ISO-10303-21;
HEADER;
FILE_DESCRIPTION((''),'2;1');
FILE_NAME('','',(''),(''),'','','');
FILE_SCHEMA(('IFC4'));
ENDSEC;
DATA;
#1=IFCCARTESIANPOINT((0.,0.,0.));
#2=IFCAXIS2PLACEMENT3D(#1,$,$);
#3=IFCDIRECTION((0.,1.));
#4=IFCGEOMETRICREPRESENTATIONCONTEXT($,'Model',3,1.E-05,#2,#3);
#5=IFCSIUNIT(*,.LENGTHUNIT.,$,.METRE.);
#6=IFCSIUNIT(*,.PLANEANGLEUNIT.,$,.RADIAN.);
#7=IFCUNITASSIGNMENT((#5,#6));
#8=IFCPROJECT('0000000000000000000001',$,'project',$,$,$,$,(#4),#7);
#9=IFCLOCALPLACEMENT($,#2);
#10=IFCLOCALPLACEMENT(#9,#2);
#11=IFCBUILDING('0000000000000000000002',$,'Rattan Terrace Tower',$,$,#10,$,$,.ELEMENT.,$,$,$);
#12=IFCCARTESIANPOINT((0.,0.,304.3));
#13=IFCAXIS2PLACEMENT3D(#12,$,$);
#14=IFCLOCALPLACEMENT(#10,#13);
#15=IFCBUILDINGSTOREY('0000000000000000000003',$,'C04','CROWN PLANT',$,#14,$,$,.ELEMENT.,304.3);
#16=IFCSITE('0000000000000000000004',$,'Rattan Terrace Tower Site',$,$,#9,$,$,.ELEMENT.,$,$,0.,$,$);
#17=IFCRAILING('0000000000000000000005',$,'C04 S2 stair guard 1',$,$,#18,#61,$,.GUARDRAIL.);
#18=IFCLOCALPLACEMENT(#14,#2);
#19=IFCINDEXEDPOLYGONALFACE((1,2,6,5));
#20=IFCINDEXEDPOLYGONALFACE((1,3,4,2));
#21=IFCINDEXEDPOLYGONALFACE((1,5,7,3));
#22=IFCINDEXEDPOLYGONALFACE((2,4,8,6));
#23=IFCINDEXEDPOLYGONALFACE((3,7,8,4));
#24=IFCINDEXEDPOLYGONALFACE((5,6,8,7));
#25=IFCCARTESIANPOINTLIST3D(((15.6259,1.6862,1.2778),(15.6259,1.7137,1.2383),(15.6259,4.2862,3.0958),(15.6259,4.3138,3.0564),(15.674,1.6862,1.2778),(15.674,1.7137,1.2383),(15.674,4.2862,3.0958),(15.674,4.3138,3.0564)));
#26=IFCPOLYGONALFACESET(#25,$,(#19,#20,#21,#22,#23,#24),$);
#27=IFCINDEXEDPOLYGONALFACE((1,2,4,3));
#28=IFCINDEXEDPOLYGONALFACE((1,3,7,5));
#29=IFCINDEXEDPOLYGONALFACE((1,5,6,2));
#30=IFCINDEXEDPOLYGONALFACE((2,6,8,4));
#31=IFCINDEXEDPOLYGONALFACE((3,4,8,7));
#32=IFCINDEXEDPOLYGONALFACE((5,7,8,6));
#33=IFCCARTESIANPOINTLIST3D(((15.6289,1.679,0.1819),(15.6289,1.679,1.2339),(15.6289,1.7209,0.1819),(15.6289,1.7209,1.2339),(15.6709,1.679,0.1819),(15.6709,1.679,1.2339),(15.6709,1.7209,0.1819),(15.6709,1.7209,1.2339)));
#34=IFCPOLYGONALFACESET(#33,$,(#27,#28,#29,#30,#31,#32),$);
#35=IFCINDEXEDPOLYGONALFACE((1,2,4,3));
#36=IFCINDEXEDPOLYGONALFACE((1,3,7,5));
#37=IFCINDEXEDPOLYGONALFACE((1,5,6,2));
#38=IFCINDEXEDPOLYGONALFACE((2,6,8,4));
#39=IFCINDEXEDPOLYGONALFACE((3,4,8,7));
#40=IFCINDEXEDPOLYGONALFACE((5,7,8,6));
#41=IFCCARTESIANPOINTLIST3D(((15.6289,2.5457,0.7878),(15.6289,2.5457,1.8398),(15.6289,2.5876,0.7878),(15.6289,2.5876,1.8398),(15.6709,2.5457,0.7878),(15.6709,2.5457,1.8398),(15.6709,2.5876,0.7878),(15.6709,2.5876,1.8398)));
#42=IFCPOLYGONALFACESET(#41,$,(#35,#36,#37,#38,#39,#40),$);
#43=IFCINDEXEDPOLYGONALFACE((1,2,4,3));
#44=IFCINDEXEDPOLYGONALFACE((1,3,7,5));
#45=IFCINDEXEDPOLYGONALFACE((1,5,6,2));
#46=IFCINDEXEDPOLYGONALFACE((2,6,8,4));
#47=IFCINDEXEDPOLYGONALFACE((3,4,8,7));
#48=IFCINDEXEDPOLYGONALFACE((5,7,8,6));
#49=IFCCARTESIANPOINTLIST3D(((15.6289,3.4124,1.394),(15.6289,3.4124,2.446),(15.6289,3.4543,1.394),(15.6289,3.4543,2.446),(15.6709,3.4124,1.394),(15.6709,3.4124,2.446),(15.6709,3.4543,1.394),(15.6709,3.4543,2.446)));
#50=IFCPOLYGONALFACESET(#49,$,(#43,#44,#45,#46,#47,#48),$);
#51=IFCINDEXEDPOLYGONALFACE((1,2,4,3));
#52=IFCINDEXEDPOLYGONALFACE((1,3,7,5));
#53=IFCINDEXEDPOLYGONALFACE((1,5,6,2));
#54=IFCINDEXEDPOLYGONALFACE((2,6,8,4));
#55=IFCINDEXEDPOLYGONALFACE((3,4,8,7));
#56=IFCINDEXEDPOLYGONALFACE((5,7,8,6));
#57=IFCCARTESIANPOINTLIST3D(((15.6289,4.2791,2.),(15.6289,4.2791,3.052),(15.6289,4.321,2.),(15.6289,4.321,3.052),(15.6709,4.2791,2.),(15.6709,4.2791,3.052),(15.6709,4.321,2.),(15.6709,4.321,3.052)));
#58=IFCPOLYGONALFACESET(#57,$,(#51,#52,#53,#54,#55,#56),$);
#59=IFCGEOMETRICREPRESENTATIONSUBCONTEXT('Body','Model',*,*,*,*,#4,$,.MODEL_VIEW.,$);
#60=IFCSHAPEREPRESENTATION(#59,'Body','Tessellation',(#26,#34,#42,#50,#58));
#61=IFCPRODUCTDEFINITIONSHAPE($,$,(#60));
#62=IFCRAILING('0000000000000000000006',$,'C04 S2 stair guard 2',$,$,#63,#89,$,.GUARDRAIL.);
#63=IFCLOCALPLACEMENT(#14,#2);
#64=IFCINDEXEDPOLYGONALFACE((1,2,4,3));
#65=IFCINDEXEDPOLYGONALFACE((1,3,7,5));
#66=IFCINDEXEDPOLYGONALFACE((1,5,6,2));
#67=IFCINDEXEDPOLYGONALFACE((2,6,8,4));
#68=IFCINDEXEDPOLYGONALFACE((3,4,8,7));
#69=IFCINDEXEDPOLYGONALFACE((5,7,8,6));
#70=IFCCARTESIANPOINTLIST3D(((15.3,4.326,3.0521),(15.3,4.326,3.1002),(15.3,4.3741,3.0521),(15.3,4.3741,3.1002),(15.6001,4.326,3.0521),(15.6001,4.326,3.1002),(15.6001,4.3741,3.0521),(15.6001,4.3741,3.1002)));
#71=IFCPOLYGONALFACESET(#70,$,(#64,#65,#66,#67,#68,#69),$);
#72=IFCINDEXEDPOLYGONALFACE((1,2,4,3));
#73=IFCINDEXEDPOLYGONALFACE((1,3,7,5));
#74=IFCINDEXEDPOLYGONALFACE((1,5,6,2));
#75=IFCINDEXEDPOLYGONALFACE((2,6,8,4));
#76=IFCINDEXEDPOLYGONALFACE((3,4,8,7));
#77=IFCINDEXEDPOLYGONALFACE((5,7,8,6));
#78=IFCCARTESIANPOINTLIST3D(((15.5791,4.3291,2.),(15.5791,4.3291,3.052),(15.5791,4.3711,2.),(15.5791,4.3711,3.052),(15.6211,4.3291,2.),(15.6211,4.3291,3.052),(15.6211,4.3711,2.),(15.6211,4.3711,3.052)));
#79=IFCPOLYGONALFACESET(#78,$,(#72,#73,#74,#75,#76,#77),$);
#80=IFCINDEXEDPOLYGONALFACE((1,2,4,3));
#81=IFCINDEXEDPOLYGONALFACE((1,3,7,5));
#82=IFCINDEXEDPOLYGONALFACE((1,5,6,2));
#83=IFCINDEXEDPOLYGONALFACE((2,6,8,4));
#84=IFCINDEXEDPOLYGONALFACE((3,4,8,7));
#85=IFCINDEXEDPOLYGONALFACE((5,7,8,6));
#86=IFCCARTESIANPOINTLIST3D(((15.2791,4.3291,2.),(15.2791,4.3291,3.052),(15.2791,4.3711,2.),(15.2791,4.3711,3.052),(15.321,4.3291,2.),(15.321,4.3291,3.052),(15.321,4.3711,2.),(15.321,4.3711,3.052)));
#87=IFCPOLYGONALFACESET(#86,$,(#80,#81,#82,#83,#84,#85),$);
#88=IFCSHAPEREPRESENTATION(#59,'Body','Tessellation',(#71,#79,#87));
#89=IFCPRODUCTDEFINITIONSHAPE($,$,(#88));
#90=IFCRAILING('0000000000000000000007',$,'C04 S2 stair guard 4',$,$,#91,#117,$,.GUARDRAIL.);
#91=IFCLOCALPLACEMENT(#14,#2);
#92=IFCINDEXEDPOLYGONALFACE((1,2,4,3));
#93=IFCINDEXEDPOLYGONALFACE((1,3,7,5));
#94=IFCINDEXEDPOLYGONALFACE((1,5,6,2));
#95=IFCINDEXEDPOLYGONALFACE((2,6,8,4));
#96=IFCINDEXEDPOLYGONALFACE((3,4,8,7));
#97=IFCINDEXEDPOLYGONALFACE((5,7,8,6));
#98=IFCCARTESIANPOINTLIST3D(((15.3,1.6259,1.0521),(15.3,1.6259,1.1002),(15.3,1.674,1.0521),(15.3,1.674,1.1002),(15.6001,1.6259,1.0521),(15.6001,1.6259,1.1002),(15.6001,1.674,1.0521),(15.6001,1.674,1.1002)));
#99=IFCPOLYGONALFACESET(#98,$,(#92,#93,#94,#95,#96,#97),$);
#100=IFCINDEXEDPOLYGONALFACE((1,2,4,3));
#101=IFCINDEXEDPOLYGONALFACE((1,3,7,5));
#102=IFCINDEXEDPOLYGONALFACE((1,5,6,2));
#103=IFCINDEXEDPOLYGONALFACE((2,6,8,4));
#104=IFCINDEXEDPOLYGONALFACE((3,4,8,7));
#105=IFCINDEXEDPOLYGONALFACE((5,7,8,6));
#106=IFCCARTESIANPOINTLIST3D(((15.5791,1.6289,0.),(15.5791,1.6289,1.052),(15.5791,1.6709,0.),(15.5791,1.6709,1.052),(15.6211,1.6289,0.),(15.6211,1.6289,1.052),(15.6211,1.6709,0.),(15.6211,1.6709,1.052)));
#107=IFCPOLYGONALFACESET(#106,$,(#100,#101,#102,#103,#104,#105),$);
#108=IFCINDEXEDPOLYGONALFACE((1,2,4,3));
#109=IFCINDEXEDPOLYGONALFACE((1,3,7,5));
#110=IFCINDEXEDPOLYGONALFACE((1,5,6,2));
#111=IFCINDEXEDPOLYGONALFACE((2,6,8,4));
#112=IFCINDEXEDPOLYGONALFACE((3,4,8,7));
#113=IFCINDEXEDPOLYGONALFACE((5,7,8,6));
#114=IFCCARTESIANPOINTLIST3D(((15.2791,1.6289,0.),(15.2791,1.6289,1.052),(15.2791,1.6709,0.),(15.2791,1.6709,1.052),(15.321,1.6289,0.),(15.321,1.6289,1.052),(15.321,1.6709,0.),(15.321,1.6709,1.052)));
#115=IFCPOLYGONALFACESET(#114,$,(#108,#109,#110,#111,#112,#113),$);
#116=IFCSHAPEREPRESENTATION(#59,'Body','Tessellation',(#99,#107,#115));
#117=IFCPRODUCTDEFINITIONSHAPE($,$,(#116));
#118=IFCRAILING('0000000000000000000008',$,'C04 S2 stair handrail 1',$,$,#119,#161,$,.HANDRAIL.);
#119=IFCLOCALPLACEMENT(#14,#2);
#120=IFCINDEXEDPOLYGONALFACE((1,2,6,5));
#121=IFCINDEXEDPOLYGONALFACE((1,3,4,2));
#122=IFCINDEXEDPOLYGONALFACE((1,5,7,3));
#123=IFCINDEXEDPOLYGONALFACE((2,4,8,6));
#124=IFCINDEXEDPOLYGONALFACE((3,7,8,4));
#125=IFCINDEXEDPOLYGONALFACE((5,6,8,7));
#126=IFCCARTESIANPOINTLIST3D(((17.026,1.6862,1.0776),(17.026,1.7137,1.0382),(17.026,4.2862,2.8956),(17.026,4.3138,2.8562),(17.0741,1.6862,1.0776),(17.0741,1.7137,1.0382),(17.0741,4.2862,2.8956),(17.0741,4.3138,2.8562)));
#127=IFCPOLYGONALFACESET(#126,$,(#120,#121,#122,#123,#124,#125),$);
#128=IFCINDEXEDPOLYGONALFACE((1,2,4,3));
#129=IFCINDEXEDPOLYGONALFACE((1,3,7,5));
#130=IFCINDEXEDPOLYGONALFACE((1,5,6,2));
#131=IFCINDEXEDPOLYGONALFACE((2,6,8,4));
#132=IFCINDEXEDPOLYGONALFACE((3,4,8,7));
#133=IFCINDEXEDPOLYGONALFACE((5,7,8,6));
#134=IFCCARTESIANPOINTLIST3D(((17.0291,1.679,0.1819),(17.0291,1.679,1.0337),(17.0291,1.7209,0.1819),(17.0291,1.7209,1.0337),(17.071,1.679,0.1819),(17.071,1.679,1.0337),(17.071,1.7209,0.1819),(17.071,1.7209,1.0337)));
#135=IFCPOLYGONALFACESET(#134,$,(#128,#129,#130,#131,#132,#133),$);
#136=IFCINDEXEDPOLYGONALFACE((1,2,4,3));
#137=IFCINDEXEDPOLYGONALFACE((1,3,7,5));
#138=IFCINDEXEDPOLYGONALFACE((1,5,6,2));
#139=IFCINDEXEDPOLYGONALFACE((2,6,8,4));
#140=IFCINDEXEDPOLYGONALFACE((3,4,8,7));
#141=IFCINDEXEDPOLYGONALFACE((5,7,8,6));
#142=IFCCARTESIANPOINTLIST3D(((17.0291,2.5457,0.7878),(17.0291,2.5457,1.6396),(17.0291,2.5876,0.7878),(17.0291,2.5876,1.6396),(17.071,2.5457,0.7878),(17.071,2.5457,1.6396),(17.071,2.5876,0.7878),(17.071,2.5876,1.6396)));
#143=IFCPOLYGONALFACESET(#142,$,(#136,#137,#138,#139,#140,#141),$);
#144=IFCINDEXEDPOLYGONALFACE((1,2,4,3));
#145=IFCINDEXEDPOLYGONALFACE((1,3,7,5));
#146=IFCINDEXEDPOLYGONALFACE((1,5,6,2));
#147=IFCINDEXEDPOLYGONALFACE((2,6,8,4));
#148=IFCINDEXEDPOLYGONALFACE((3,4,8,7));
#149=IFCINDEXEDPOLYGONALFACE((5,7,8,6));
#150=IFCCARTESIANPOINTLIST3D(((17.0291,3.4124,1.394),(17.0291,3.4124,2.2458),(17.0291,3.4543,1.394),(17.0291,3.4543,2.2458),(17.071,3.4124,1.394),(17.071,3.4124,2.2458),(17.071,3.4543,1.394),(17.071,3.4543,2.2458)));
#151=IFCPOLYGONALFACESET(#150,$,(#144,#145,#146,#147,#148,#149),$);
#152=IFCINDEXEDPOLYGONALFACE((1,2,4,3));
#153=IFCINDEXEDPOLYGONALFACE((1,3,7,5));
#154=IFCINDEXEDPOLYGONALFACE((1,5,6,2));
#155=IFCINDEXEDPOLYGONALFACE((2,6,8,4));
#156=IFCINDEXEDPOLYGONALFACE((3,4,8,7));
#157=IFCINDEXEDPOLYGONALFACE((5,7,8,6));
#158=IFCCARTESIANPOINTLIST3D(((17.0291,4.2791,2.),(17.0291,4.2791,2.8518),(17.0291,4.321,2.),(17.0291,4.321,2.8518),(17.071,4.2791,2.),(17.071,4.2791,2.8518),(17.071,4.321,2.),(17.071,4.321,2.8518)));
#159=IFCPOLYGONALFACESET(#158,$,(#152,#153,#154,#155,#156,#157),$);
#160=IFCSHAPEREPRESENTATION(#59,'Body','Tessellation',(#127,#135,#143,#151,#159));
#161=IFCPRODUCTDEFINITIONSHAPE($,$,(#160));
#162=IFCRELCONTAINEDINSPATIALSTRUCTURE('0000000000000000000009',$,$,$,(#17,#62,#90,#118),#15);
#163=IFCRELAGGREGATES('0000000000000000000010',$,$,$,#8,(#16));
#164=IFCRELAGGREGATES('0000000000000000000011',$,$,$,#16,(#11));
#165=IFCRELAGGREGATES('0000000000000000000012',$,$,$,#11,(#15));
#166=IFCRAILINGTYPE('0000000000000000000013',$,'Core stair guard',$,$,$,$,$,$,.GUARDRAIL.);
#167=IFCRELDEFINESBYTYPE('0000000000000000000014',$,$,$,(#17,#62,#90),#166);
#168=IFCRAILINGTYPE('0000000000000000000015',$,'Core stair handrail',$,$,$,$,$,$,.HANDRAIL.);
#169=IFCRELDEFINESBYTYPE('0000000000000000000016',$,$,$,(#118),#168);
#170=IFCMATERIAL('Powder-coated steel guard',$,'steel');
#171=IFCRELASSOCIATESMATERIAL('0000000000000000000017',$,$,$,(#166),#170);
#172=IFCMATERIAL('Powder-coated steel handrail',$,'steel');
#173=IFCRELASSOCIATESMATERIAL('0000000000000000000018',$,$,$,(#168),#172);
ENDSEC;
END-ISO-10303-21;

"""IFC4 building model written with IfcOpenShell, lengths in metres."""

from ifc_helpers import new_model, si_unit, direction, frame, origin, origin_2d, place, context, subcontext, project, spatial, rectangle, extrude, material, type_object, element, save


model = new_model("IFC4")

# Units and contexts
model_context = context("Model", 3, precision=1e-05, world=origin(), true_north=direction((0.0, 1.0)))
body_context = subcontext(model_context, "Body", "Model", "MODEL_VIEW")
ifc_project = project(units=[si_unit("LENGTHUNIT", "METRE"), si_unit("PLANEANGLEUNIT", "RADIAN")], contexts=[model_context])

# Site, building, storey
site_placement = place(None, origin())
site = spatial("IfcSite", under=ifc_project, at=site_placement, Name="Rattan Terrace Tower Site", CompositionType="ELEMENT", RefElevation=0.0)
building_placement = place(site_placement, origin())
building = spatial("IfcBuilding", under=site, at=building_placement, Name="Rattan Terrace Tower", CompositionType="ELEMENT")
storey_placement = place(building_placement, frame((0.0, 0.0, 304.3)))
storey = spatial("IfcBuildingStorey", under=building, at=storey_placement, Name="C04", Description="CROWN PLANT", CompositionType="ELEMENT", Elevation=304.3)

# Railings
ifc_material_1 = material(Name="Powder-coated steel guard", Category="steel")
railing_type_1 = type_object("IfcRailingType", Name="Core stair guard", PredefinedType="GUARDRAIL", material=ifc_material_1)
railing_1_placement = place(storey_placement, frame((15.6499, 1.7, 0.1819)))
element("IfcRailing", 1, at=railing_1_placement, inside=storey, type_object=railing_type_1, Name="C04 S2 stair guard 1", PredefinedType="GUARDRAIL", context=body_context, shape_type="SweptSolid", body=[
    extrude(rectangle(XDim=0.0481, YDim=0.0481, at=origin_2d()), frame((0.0, 0.0, 1.0762), z_axis=(0.0, 0.819521, 0.573049), x_axis=(-1.0, 0.0, 0.0)), (0.0, 0.0, 1.0), 3.1726),
    extrude(rectangle(XDim=0.042, YDim=0.042, at=origin_2d()), origin(), (0.0, 0.0, 1.0), 1.052),
    extrude(rectangle(XDim=0.042, YDim=0.042, at=origin_2d()), frame((0.0, 0.8667, 0.606)), (0.0, 0.0, 1.0), 1.052),
    extrude(rectangle(XDim=0.042, YDim=0.042, at=origin_2d()), frame((0.0, 1.7334, 1.2122)), (0.0, 0.0, 1.0), 1.052),
    extrude(rectangle(XDim=0.042, YDim=0.042, at=origin_2d()), frame((0.0, 2.6001, 1.8181)), (0.0, 0.0, 1.0), 1.052),
])
for number, where, name in (
    (2, (15.6001, 4.3501, 2.0), "C04 S2 stair guard 2"),
    (3, (15.6001, 1.6499, 0.0), "C04 S2 stair guard 4"),
):
    element("IfcRailing", number, at=place(storey_placement, frame(where)), inside=storey, type_object=railing_type_1, Name=name, PredefinedType="GUARDRAIL", context=body_context, shape_type="SweptSolid", body=[
        extrude(rectangle(XDim=0.0481, YDim=0.0481, at=origin_2d()), frame((0.0, 0.0, 1.0762), z_axis=(-1.0, 0.0, 0.0), x_axis=(0.0, -1.0, 0.0)), (0.0, 0.0, 1.0), 0.3),
        extrude(rectangle(XDim=0.042, YDim=0.042, at=origin_2d()), origin(), (0.0, 0.0, 1.0), 1.052),
        extrude(rectangle(XDim=0.042, YDim=0.042, at=origin_2d()), frame((-0.3, 0.0, 0.0)), (0.0, 0.0, 1.0), 1.052),
    ])
ifc_material_2 = material(Name="Powder-coated steel handrail", Category="steel")
railing_type_2 = type_object("IfcRailingType", Name="Core stair handrail", PredefinedType="HANDRAIL", material=ifc_material_2)
railing_2_placement = place(storey_placement, frame((17.05, 1.7, 0.1819)))
element("IfcRailing", 4, at=railing_2_placement, inside=storey, type_object=railing_type_2, Name="C04 S2 stair handrail 1", PredefinedType="HANDRAIL", context=body_context, shape_type="SweptSolid", body=[
    extrude(rectangle(XDim=0.0481, YDim=0.0481, at=origin_2d()), frame((0.0, 0.0, 0.876), z_axis=(0.0, 0.819521, 0.573049), x_axis=(-1.0, 0.0, 0.0)), (0.0, 0.0, 1.0), 3.1726),
    extrude(rectangle(XDim=0.042, YDim=0.042, at=origin_2d()), origin(), (0.0, 0.0, 1.0), 0.8518),
    extrude(rectangle(XDim=0.042, YDim=0.042, at=origin_2d()), frame((0.0, 0.8667, 0.606)), (0.0, 0.0, 1.0), 0.8518),
    extrude(rectangle(XDim=0.042, YDim=0.042, at=origin_2d()), frame((0.0, 1.7334, 1.2122)), (0.0, 0.0, 1.0), 0.8518),
    extrude(rectangle(XDim=0.042, YDim=0.042, at=origin_2d()), frame((0.0, 2.6001, 1.8181)), (0.0, 0.0, 1.0), 0.8518),
])

save(model, "model.ifc")
